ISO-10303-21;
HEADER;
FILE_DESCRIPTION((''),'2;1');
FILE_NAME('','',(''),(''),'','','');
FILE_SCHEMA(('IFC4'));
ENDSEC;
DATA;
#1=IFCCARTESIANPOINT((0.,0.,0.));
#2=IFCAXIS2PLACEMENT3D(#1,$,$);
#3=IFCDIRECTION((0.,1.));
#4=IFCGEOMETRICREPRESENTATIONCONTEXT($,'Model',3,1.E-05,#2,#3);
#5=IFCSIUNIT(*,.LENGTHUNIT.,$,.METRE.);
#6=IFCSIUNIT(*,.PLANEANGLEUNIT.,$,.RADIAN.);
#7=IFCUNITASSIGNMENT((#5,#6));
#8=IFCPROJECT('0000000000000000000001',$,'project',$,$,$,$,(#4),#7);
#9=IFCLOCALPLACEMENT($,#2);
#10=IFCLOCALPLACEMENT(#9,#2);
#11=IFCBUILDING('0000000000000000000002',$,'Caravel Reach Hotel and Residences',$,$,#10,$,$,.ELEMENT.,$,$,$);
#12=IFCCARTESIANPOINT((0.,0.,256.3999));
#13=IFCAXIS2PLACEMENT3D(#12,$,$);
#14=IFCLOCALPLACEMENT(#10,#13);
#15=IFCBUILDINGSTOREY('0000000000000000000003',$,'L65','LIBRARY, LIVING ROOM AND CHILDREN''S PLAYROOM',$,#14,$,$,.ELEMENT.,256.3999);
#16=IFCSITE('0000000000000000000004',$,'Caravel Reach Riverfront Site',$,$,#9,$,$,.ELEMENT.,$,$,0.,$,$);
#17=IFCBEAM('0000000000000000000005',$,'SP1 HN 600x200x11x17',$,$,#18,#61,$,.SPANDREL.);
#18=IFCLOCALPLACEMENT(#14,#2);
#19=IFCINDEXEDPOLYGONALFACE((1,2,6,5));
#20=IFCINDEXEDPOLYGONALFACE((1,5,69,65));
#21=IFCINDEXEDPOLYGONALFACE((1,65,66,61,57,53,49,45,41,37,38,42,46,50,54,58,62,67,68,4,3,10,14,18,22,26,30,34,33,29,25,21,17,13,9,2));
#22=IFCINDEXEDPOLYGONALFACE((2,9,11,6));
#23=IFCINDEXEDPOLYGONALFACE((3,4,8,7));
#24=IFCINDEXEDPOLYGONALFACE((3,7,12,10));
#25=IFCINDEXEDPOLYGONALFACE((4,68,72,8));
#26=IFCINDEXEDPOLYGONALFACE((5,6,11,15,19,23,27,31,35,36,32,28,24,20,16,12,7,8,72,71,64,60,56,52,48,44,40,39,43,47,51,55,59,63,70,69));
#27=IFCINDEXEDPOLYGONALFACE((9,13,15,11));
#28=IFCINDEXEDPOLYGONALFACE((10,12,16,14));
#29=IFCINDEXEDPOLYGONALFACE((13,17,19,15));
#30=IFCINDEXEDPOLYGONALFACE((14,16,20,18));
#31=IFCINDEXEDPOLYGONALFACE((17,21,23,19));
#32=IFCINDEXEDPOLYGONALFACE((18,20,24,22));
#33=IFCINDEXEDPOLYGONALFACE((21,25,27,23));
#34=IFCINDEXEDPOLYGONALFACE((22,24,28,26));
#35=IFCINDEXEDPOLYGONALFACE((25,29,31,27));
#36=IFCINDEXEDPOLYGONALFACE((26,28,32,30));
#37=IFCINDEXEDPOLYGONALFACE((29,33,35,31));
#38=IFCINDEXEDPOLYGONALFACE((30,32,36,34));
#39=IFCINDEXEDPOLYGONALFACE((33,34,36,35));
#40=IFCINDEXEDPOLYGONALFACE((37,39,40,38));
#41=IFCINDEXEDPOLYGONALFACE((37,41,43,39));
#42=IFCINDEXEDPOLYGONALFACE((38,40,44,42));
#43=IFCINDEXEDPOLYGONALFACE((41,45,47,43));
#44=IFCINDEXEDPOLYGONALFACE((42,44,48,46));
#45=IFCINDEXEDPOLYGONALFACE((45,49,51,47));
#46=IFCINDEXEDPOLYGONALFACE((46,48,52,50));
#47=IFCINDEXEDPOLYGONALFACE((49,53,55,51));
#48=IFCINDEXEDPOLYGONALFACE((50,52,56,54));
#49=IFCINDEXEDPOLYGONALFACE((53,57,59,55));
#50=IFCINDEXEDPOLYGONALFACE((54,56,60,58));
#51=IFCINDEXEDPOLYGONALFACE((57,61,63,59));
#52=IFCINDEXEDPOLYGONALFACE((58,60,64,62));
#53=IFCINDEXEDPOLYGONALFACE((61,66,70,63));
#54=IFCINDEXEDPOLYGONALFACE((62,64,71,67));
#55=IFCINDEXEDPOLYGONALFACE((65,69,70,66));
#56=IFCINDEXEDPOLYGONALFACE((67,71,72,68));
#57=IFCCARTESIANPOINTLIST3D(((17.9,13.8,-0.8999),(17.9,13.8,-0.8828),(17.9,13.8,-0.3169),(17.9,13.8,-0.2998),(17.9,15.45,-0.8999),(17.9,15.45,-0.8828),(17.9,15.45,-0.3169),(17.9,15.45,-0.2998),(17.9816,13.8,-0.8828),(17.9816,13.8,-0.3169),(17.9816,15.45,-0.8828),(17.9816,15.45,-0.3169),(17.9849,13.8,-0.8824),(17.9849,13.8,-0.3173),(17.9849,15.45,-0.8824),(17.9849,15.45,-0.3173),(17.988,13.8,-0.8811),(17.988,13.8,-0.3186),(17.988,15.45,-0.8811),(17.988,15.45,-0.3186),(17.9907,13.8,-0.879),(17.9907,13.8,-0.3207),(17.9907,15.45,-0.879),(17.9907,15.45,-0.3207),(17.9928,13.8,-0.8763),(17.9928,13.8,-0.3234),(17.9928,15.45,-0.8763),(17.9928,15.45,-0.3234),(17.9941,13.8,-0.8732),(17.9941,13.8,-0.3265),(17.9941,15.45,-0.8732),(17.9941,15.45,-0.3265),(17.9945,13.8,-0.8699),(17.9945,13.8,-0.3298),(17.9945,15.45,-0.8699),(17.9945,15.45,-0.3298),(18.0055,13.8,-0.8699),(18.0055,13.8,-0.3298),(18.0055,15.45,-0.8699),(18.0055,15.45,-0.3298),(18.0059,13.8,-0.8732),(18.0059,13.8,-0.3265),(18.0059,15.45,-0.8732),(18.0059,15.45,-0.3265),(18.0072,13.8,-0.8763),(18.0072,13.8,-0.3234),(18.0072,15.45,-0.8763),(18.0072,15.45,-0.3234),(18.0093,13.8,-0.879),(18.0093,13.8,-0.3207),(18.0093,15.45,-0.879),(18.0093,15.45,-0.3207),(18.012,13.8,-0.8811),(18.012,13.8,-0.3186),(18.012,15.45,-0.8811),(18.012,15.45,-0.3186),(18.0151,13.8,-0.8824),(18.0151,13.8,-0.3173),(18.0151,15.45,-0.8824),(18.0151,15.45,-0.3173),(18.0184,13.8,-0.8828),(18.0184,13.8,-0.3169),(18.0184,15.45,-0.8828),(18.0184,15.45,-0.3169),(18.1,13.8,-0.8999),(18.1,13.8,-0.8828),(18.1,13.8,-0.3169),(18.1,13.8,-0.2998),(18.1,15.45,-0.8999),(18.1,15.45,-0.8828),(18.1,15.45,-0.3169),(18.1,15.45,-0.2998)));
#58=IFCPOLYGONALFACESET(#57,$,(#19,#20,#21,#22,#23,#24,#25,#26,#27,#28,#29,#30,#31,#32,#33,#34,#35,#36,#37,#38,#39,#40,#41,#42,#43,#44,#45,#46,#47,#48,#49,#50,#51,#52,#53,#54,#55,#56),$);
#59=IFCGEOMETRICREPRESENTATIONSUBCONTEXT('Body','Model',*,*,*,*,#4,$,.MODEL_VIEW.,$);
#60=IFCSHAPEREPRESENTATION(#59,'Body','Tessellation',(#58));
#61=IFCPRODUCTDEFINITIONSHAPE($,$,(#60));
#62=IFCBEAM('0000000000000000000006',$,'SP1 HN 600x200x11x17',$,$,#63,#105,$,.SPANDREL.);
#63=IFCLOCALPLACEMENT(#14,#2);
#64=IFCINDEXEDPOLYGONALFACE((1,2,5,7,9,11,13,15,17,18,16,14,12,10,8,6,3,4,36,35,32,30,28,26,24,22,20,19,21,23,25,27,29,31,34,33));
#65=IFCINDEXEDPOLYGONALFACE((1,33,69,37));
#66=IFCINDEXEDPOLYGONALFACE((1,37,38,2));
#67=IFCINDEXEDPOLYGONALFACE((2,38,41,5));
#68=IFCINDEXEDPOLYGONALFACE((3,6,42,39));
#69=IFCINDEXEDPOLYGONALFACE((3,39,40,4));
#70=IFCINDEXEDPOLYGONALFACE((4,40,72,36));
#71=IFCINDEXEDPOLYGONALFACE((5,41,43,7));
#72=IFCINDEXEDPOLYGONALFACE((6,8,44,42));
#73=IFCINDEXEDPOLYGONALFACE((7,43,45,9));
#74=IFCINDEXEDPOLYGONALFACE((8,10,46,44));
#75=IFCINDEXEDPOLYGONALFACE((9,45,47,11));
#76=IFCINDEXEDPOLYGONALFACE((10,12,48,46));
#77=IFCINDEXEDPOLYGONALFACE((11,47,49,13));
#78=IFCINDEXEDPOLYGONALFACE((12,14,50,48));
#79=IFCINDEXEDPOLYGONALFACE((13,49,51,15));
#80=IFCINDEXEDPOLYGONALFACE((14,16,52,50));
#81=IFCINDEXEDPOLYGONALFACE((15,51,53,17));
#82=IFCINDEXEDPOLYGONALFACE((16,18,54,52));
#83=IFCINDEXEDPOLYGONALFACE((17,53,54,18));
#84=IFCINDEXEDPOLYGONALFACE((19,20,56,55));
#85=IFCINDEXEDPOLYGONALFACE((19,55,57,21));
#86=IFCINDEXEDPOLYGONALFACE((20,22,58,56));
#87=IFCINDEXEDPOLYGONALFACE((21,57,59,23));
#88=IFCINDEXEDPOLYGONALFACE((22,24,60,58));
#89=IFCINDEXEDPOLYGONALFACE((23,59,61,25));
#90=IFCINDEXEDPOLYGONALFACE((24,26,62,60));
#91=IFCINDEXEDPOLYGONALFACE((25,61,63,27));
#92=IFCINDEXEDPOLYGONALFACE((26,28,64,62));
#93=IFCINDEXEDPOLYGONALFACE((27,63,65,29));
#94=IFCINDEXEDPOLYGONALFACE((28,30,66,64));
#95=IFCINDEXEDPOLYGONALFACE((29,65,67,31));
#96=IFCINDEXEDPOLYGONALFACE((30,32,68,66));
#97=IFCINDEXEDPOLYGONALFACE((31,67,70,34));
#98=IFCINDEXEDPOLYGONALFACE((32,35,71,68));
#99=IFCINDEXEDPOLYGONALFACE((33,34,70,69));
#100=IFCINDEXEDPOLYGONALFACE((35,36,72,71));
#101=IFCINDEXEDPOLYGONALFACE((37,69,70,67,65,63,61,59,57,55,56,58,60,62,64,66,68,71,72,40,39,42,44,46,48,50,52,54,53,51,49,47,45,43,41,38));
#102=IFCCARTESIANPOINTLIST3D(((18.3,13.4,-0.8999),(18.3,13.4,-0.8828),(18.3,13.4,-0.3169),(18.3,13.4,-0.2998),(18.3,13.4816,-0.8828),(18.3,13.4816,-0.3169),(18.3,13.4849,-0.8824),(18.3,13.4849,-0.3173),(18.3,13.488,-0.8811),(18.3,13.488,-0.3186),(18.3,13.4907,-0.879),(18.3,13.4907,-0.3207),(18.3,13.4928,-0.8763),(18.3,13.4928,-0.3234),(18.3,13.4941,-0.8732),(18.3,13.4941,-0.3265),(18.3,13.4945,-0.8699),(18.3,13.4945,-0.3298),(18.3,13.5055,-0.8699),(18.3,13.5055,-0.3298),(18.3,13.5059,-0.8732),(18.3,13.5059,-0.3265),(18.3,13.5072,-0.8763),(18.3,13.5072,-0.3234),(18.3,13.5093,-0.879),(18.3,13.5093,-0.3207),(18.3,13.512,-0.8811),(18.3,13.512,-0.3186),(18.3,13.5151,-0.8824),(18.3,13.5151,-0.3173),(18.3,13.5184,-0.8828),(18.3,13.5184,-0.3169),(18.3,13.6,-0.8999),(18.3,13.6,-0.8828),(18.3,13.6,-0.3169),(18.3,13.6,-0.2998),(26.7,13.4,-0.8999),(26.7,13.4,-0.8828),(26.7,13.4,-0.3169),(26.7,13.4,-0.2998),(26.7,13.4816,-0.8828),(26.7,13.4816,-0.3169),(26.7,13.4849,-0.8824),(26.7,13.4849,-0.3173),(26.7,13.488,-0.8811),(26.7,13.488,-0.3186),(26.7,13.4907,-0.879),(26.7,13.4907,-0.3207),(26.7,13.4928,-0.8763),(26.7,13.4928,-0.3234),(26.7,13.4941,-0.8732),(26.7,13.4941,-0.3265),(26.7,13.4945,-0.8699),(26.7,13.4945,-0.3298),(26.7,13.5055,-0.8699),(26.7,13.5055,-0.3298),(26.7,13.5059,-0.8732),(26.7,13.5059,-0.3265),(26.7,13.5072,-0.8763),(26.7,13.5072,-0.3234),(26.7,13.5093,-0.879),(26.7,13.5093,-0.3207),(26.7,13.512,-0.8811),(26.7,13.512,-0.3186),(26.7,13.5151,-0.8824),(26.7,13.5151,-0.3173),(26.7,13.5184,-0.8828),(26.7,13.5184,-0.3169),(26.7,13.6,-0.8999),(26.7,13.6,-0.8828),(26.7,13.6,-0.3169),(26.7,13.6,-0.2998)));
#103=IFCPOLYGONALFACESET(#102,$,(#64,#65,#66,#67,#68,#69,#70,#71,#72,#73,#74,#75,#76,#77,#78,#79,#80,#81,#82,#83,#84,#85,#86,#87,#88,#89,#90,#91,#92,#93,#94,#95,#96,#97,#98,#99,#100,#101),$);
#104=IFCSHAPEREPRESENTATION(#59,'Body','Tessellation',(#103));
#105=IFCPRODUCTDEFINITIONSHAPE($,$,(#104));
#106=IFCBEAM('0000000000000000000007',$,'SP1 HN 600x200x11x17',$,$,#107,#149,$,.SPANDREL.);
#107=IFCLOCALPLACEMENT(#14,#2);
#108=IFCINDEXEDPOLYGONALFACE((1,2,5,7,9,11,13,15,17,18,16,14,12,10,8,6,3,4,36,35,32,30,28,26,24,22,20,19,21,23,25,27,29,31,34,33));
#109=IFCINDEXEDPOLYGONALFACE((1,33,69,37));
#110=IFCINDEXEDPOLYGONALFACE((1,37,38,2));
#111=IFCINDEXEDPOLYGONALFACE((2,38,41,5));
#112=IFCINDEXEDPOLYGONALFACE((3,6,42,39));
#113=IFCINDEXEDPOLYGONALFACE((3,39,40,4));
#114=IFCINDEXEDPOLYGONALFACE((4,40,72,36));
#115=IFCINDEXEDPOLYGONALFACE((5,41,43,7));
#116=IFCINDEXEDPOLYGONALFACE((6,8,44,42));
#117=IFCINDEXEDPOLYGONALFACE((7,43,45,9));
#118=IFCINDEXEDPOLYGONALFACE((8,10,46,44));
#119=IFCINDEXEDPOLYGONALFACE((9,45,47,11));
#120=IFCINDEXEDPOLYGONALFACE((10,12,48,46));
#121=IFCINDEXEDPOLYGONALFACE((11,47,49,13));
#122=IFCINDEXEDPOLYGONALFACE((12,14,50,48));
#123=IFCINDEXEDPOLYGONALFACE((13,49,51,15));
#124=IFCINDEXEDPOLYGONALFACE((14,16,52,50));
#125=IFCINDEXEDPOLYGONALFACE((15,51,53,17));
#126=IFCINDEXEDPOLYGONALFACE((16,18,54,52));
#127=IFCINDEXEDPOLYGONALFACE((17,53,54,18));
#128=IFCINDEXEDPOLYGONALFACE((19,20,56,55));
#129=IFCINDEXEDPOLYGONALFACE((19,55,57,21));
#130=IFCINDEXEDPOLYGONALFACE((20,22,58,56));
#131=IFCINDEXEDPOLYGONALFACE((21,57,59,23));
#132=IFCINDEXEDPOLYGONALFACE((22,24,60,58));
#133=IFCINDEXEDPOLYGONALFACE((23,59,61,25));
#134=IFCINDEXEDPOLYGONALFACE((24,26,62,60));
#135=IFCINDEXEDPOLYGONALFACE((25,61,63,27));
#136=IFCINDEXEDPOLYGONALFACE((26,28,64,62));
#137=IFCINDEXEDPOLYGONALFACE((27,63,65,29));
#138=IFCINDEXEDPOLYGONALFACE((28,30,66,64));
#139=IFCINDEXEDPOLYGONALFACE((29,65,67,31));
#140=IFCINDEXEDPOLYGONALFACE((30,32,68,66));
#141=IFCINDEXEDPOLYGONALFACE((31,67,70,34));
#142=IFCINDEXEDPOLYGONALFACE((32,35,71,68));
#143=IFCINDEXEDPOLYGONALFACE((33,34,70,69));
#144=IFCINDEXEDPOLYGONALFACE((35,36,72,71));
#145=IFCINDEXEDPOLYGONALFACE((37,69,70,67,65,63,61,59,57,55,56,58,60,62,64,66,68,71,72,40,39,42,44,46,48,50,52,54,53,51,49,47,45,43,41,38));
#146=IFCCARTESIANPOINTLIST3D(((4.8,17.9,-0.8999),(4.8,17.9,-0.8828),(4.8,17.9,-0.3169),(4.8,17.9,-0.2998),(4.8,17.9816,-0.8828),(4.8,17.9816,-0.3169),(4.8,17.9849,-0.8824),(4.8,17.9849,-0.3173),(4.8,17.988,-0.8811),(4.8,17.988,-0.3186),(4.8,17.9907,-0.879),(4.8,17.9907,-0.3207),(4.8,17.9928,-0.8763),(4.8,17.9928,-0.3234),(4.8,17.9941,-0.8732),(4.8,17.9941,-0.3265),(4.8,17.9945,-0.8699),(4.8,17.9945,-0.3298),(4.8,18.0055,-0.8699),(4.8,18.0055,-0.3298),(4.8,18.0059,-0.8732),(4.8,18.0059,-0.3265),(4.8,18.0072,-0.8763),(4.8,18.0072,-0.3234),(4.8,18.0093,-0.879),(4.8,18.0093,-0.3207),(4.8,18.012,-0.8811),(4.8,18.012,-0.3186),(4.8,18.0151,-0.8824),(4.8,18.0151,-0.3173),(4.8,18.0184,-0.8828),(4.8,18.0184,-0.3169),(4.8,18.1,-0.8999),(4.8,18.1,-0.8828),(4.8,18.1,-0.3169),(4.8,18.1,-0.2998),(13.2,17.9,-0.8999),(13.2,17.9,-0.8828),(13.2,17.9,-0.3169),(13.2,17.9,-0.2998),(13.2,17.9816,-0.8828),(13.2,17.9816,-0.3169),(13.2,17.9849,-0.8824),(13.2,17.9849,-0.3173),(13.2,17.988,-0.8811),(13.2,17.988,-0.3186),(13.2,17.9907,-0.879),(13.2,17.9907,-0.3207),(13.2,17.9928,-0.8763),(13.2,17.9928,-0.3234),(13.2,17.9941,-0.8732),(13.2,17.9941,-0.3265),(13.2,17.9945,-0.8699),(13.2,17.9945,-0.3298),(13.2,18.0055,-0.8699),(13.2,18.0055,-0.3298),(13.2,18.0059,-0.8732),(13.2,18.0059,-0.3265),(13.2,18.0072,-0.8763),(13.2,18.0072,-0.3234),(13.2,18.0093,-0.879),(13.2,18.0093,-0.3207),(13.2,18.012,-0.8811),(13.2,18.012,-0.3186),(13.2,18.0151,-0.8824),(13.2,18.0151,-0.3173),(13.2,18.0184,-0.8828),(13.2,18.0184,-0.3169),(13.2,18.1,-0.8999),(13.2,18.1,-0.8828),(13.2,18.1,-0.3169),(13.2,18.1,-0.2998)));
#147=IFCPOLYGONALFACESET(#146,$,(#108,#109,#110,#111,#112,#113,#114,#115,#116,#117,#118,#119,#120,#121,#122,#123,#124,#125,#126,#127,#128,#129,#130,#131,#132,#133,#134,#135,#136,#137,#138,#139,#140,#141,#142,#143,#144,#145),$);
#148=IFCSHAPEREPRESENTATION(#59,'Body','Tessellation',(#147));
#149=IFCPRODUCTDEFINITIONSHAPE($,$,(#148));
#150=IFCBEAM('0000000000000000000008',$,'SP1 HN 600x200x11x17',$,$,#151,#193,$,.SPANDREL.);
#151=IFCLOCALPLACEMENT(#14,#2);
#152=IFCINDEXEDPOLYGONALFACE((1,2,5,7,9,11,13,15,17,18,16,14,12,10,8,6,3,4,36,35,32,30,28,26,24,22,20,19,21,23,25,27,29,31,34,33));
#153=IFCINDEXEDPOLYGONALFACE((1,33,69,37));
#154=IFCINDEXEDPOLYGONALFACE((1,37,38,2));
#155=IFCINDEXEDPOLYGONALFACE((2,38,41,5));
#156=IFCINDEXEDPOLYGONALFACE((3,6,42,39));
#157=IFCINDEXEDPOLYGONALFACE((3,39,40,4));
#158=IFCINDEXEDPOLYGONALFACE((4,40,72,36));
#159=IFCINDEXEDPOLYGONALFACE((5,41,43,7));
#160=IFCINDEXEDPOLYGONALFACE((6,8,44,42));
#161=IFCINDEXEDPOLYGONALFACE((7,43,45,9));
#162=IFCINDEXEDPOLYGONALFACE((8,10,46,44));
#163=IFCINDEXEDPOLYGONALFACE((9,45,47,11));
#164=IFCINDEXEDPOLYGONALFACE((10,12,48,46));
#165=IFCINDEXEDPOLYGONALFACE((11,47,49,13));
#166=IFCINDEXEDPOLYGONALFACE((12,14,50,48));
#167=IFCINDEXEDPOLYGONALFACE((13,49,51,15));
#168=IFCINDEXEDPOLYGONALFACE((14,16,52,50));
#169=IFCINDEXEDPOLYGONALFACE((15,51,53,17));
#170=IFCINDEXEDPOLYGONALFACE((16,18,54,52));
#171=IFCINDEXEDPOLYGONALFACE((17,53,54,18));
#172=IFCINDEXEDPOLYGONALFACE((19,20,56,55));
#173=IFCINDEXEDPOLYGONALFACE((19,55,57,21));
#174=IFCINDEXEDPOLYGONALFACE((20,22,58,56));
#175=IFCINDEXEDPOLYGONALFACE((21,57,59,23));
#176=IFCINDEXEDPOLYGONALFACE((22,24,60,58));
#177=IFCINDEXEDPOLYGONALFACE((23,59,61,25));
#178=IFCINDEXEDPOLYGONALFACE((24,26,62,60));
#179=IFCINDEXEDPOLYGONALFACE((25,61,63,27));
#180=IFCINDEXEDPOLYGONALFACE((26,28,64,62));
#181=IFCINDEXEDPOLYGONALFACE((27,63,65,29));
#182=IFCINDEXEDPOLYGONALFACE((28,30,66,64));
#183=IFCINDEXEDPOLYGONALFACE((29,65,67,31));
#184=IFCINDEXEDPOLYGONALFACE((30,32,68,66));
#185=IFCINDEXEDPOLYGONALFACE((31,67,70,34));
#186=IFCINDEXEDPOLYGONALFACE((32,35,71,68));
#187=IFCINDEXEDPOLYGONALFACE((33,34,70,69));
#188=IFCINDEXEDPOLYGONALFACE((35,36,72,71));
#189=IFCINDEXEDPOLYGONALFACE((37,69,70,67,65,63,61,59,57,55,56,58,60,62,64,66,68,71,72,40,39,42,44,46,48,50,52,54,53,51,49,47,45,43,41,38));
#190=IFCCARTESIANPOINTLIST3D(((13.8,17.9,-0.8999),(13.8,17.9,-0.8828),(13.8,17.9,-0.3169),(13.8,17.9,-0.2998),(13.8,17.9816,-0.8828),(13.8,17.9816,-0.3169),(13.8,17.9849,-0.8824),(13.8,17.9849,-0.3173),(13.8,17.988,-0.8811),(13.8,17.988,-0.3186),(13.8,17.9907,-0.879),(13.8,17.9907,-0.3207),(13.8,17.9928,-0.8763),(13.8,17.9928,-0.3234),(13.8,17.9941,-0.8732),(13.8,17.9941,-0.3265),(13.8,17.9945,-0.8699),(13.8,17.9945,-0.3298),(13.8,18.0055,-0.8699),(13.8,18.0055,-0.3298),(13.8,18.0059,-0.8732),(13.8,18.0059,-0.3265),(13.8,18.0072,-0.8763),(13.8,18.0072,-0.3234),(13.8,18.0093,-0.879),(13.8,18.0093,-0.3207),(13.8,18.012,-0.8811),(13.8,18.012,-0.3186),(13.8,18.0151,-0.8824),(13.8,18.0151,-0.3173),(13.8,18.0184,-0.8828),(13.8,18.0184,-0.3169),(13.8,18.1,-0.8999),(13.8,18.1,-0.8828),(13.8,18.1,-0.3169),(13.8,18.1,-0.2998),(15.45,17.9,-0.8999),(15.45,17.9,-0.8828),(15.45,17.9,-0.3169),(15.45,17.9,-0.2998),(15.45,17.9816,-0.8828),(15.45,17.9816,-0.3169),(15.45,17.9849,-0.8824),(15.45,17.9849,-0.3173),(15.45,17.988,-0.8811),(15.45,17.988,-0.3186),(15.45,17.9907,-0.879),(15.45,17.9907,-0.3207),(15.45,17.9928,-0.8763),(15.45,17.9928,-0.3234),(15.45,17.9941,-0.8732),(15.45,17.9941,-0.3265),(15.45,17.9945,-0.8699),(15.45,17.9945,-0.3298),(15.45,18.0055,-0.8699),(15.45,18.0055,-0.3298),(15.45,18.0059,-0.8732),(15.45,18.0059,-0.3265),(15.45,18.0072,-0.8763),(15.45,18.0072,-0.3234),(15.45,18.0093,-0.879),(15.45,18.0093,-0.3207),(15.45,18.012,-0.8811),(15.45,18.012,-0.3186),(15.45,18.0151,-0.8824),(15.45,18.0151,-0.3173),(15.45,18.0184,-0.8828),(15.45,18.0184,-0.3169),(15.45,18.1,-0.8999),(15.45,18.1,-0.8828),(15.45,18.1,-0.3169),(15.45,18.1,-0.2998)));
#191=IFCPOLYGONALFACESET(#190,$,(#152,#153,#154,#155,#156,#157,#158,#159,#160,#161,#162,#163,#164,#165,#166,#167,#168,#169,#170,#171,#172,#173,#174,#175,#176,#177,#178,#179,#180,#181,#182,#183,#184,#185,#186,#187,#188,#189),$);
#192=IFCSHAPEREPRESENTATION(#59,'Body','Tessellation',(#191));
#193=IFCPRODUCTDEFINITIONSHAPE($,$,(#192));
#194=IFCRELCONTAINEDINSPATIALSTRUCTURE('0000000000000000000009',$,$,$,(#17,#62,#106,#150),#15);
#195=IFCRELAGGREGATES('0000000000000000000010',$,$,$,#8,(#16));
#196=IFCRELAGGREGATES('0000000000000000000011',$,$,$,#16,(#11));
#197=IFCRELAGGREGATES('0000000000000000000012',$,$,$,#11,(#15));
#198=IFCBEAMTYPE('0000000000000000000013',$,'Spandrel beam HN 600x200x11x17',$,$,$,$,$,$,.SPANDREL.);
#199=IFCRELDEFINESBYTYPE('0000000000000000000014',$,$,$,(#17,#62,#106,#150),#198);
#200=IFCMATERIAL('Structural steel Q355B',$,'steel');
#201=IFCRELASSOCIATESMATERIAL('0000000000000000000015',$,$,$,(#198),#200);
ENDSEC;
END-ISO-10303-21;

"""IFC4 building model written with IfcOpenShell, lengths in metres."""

from ifc_helpers import new_model, si_unit, direction, frame, origin, origin_2d, place, context, subcontext, project, spatial, i_section, extrude, material, material_profile, profile_set, type_object, element, save


model = new_model("IFC4")

# Units and contexts
model_context = context("Model", 3, precision=1e-05, world=origin(), true_north=direction((0.0, 1.0)))
body_context = subcontext(model_context, "Body", "Model", "MODEL_VIEW")
ifc_project = project(units=[si_unit("LENGTHUNIT", "METRE"), si_unit("PLANEANGLEUNIT", "RADIAN")], contexts=[model_context])

# Site, building, storey
site_placement = place(None, origin())
site = spatial("IfcSite", under=ifc_project, at=site_placement, Name="Caravel Reach Riverfront Site", CompositionType="ELEMENT", RefElevation=0.0)
building_placement = place(site_placement, origin())
building = spatial("IfcBuilding", under=site, at=building_placement, Name="Caravel Reach Hotel and Residences", CompositionType="ELEMENT")
storey_placement = place(building_placement, frame((0.0, 0.0, 256.3999)))
storey = spatial("IfcBuildingStorey", under=building, at=storey_placement, Name="L65", Description="LIBRARY, LIVING ROOM AND CHILDREN'S PLAYROOM", CompositionType="ELEMENT", Elevation=256.3999)

# Beams
ifc_material_1 = material(Name="Structural steel Q355B", Category="steel")
ifc_material_profile_1 = material_profile(ifc_material_1, i_section(OverallWidth=0.2, OverallDepth=0.6001, WebThickness=0.011, FlangeThickness=0.0171, FilletRadius=0.0129, at=origin_2d()), Name="HN 600x200x11x17")
ifc_profile_set_1 = profile_set([ifc_material_profile_1], Name="Structural steel Q355B")
beam_type = type_object("IfcBeamType", Name="Spandrel beam HN 600x200x11x17", PredefinedType="SPANDREL", material=ifc_profile_set_1)
for number, where, z_axis, x_axis, name in (
    (1, (18.0, 15.45, -0.5999), (0.0, -1.0, 0.0), (1.0, 0.0, 0.0), "SP1 HN 600x200x11x17"),
):
    element("IfcBeam", number, at=place(storey_placement, frame(where, z_axis=z_axis, x_axis=x_axis)), inside=storey, type_object=beam_type, Name=name, PredefinedType="SPANDREL", context=body_context, shape_type="SweptSolid", body=[
        extrude(i_section(OverallWidth=0.2, OverallDepth=0.6001, WebThickness=0.011, FlangeThickness=0.0171, FilletRadius=0.0129, at=origin_2d()), origin(), (0.0, 0.0, 1.0), 1.6499),
    ])
for number, where, z_axis, x_axis, name in (
    (2, (18.3, 13.5, -0.5999), (1.0, 0.0, 0.0), (0.0, 1.0, 0.0), "SP1 HN 600x200x11x17"),
    (3, (4.8, 18.0, -0.5999), (1.0, 0.0, 0.0), (0.0, 1.0, 0.0), "SP1 HN 600x200x11x17"),
):
    element("IfcBeam", number, at=place(storey_placement, frame(where, z_axis=z_axis, x_axis=x_axis)), inside=storey, type_object=beam_type, Name=name, PredefinedType="SPANDREL", context=body_context, shape_type="SweptSolid", body=[
        extrude(i_section(OverallWidth=0.2, OverallDepth=0.6001, WebThickness=0.011, FlangeThickness=0.0171, FilletRadius=0.0129, at=origin_2d()), origin(), (0.0, 0.0, 1.0), 8.3999),
    ])
beam_placement = place(storey_placement, frame((13.8, 18.0, -0.5999), z_axis=(1.0, 0.0, 0.0), x_axis=(0.0, 1.0, 0.0)))
element("IfcBeam", 4, at=beam_placement, inside=storey, type_object=beam_type, Name="SP1 HN 600x200x11x17", PredefinedType="SPANDREL", context=body_context, shape_type="SweptSolid", body=[
    extrude(i_section(OverallWidth=0.2, OverallDepth=0.6001, WebThickness=0.011, FlangeThickness=0.0171, FilletRadius=0.0129, at=origin_2d()), origin(), (0.0, 0.0, 1.0), 1.6499),
])

save(model, "model.ifc")
